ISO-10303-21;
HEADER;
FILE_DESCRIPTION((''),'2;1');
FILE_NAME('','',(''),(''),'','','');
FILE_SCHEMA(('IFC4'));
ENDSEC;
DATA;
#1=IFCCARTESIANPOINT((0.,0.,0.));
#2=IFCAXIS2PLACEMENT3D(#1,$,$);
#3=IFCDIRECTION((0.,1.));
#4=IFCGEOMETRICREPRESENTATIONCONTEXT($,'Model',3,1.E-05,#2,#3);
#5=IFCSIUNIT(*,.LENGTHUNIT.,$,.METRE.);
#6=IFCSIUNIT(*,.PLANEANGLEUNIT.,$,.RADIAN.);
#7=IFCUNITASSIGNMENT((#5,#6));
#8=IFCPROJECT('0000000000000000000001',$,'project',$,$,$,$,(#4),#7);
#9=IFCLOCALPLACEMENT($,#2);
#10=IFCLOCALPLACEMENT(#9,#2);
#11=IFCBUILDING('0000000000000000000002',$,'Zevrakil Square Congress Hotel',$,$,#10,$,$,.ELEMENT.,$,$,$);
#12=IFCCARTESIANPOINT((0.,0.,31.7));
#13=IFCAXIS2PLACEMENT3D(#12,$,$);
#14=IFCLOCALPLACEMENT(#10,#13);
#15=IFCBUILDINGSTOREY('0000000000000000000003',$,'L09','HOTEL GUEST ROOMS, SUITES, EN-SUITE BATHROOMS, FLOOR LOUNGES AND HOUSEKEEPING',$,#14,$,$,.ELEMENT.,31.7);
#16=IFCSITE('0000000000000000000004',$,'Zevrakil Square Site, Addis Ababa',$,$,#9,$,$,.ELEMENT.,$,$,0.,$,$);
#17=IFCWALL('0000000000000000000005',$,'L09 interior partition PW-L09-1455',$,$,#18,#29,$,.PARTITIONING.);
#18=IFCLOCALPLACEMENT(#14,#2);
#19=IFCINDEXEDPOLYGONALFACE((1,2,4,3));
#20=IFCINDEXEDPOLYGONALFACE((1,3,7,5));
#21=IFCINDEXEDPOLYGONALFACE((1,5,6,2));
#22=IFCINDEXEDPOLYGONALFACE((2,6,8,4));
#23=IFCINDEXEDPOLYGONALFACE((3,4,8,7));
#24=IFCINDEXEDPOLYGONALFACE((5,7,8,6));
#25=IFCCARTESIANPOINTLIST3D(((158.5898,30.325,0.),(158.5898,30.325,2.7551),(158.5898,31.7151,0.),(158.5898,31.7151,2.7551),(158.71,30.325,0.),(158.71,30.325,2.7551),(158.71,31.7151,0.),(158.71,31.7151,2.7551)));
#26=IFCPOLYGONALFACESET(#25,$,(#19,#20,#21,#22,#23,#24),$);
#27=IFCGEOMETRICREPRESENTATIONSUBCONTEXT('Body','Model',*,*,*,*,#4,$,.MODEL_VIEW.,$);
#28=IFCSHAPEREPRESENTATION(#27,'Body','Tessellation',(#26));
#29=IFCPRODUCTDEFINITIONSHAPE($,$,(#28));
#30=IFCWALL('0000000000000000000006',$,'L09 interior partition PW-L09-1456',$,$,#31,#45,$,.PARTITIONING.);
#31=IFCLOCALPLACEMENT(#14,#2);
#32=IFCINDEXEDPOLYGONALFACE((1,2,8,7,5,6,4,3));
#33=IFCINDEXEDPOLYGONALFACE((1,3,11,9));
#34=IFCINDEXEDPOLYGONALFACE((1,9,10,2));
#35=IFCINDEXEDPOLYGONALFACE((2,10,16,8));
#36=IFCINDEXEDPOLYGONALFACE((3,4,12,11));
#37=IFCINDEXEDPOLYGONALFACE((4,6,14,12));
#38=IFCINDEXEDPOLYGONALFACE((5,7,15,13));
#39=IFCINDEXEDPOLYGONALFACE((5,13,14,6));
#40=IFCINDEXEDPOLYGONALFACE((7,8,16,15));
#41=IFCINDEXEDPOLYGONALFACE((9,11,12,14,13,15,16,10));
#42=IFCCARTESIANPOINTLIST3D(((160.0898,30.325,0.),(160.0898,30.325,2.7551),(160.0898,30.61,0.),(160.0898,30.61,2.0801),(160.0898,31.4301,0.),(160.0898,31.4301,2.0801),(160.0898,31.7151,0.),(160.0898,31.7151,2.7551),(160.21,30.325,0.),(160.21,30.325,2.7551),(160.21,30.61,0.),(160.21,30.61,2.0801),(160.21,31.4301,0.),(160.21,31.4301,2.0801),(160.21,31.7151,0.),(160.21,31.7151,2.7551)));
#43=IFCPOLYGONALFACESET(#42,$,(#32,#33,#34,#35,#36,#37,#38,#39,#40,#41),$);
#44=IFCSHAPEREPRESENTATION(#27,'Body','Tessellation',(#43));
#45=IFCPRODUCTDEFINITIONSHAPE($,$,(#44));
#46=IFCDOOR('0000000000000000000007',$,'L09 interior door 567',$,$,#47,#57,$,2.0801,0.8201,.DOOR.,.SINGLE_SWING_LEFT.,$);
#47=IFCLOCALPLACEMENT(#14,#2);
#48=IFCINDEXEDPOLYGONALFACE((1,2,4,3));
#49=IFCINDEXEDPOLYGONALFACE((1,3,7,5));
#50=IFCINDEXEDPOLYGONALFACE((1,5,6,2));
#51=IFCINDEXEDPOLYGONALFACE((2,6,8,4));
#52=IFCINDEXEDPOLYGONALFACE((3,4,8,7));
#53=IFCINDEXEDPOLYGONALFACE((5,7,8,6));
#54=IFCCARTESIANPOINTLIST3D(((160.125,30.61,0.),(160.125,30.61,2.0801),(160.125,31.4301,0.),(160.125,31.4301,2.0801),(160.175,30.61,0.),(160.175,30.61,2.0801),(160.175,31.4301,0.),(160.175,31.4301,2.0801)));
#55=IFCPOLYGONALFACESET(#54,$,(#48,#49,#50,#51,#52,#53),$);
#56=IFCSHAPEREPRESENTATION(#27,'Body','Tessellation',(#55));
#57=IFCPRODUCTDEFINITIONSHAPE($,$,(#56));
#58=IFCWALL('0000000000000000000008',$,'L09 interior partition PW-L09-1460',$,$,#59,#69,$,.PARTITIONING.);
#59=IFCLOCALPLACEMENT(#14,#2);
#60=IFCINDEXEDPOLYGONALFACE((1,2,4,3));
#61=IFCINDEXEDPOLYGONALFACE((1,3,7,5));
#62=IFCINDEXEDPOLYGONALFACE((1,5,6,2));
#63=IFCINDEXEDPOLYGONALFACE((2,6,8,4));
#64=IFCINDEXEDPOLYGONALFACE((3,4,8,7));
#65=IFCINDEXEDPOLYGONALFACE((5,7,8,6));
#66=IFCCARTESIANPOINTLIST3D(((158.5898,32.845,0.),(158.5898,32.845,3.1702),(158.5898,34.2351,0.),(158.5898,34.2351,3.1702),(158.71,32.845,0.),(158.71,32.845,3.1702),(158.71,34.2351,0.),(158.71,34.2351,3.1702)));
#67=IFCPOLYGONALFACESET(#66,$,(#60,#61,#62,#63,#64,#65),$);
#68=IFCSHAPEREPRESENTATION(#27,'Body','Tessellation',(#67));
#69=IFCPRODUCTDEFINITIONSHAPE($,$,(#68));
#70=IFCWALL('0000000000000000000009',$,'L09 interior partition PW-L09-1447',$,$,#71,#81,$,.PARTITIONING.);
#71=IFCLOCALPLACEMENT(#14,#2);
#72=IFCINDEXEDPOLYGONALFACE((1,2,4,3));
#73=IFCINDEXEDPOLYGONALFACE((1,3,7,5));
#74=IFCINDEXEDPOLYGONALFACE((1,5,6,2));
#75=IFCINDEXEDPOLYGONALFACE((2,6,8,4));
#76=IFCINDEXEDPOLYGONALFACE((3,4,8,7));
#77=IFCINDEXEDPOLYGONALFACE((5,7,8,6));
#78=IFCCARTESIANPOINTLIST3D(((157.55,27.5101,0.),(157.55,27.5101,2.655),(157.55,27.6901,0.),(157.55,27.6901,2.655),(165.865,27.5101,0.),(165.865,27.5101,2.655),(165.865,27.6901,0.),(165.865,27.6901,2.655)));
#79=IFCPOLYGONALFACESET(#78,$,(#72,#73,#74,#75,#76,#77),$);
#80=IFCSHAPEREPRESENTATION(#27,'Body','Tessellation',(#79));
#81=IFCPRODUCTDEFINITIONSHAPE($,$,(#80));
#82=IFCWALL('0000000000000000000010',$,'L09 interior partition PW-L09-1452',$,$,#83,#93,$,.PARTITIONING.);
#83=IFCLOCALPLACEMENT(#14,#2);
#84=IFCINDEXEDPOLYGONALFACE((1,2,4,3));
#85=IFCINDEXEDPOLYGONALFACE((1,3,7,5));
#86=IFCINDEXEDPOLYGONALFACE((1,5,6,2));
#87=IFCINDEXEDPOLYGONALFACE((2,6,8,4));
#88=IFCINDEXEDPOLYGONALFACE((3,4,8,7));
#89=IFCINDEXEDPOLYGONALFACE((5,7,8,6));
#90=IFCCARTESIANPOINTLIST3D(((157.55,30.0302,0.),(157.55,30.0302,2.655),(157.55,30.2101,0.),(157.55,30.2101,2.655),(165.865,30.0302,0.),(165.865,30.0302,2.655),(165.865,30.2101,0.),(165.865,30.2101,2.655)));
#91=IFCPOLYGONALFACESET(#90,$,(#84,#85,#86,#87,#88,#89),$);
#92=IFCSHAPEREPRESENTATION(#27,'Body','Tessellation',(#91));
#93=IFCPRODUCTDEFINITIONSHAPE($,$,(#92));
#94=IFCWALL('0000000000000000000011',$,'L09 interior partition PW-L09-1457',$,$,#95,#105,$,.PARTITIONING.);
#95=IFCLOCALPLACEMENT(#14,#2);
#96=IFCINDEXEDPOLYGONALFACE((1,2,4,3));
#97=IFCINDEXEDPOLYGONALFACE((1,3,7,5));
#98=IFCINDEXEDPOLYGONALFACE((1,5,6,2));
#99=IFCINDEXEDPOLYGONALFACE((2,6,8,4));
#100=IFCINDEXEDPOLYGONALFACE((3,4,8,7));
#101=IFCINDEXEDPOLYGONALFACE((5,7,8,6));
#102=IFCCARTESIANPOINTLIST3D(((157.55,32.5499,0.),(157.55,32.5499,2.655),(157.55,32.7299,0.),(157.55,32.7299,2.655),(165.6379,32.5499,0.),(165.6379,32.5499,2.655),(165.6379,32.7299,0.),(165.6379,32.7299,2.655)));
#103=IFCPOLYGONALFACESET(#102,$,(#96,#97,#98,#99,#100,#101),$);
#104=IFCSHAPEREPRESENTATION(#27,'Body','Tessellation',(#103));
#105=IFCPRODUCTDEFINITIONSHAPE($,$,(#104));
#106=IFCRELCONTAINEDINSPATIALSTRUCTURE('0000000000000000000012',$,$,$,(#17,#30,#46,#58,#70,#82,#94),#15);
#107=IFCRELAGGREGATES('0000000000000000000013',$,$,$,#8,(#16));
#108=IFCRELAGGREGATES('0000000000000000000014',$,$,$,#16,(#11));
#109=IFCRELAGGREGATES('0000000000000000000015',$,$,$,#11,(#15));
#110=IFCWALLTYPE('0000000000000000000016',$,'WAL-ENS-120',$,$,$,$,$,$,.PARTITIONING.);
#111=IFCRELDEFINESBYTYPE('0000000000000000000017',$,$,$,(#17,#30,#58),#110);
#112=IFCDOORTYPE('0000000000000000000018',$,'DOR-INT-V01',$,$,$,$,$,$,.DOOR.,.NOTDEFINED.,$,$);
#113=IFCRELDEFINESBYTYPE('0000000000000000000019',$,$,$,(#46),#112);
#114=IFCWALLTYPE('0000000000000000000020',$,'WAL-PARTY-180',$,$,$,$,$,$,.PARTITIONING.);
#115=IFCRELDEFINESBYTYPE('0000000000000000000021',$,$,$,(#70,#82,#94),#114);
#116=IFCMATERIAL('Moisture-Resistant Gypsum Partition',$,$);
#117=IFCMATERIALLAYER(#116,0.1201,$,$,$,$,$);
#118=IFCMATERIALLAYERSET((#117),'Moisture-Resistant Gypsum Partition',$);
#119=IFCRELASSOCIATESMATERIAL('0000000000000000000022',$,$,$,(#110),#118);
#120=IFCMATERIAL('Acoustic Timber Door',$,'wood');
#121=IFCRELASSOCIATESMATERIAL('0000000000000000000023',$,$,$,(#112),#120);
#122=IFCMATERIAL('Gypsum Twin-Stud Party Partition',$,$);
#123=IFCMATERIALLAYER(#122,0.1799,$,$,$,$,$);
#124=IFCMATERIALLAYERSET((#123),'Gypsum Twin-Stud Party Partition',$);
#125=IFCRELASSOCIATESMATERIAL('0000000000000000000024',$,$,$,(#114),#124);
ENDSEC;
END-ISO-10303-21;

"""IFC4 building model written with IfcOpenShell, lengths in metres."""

from ifc_helpers import new_model, si_unit, direction, frame, frame_2d, origin, place, context, subcontext, project, spatial, rectangle, extrude, material, layer, layer_set, type_object, element, fill, save


model = new_model("IFC4")

# Units and contexts
model_context = context("Model", 3, precision=1e-05, world=origin(), true_north=direction((0.0, 1.0)))
body_context = subcontext(model_context, "Body", "Model", "MODEL_VIEW")
ifc_project = project(units=[si_unit("LENGTHUNIT", "METRE"), si_unit("PLANEANGLEUNIT", "RADIAN")], contexts=[model_context])

# Site, building, storey
site_placement = place(None, origin())
site = spatial("IfcSite", under=ifc_project, at=site_placement, Name="Zevrakil Square Site, Addis Ababa", CompositionType="ELEMENT", RefElevation=0.0)
building_placement = place(site_placement, origin())
building = spatial("IfcBuilding", under=site, at=building_placement, Name="Zevrakil Square Congress Hotel", CompositionType="ELEMENT")
storey_placement = place(building_placement, frame((0.0, 0.0, 31.7)))
storey = spatial("IfcBuildingStorey", under=building, at=storey_placement, Name="L09", Description="HOTEL GUEST ROOMS, SUITES, EN-SUITE BATHROOMS, FLOOR LOUNGES AND HOUSEKEEPING", CompositionType="ELEMENT", Elevation=31.7)

# Shared definitions
ifc_material_1 = material(Name="Moisture-Resistant Gypsum Partition")
ifc_layer_1 = layer(ifc_material_1, 0.1201)
ifc_layer_set_1 = layer_set([ifc_layer_1], Name="Moisture-Resistant Gypsum Partition")
wall_type_1 = type_object("IfcWallType", Name="WAL-ENS-120", PredefinedType="PARTITIONING", material=ifc_layer_set_1)

# Shared definitions
ifc_material_2 = material(Name="Acoustic Timber Door", Category="wood")
door_type_1 = type_object("IfcDoorType", Name="DOR-INT-V01", OperationType="NOTDEFINED", PredefinedType="DOOR", material=ifc_material_2)

# Wall
wall_1_placement = place(storey_placement, frame((158.6499, 30.325, 0.0), z_axis=(0.0, 0.0, 1.0), x_axis=(0.0, 1.0, 0.0)))
element("IfcWall", 1, at=wall_1_placement, inside=storey, type_object=wall_type_1, Name="L09 interior partition PW-L09-1455", PredefinedType="PARTITIONING", context=body_context, shape_type="SweptSolid", body=[
    extrude(rectangle(XDim=1.3901, YDim=0.1201, at=frame_2d((0.6951, 0.0))), origin(), (0.0, 0.0, 1.0), 2.7551),
])

# Wall, opening, door
wall_2_placement = place(storey_placement, frame((160.1499, 30.325, 0.0), z_axis=(0.0, 0.0, 1.0), x_axis=(0.0, 1.0, 0.0)))
wall_2 = element("IfcWall", 2, at=wall_2_placement, inside=storey, type_object=wall_type_1, Name="L09 interior partition PW-L09-1456", PredefinedType="PARTITIONING", context=body_context, shape_type="SweptSolid", body=[
    extrude(rectangle(XDim=1.3901, YDim=0.1201, at=frame_2d((0.6951, 0.0))), origin(), (0.0, 0.0, 1.0), 2.7551),
])
opening_1_placement = place(wall_2_placement, frame((0.2849, 0.0, 0.0)))
opening_1 = element("IfcOpeningElement", 3, at=opening_1_placement, cuts=wall_2, PredefinedType="OPENING", context=body_context, shape_type="SweptSolid", body=[
    extrude(rectangle(XDim=0.8201, YDim=2.0801, at=frame_2d((0.4102, 1.04))), frame((0.0, 0.0701, 0.0), z_axis=(0.0, -1.0, 0.0), x_axis=(1.0, 0.0, 0.0)), (0.0, 0.0, 1.0), 0.1401),
])
door_1_placement = place(opening_1_placement, origin())
door_1 = element("IfcDoor", 4, at=door_1_placement, inside=storey, type_object=door_type_1, Name="L09 interior door 567", OperationType="SINGLE_SWING_LEFT", OverallHeight=2.0801, OverallWidth=0.8201, PredefinedType="DOOR", context=body_context, shape_type="SweptSolid", body=[
    extrude(rectangle(XDim=0.8201, YDim=2.0801, at=frame_2d((0.4102, 1.04))), frame((0.0, 0.0249, 0.0), z_axis=(0.0, -1.0, 0.0), x_axis=(1.0, 0.0, 0.0)), (0.0, 0.0, 1.0), 0.05),
])
fill(opening_1, door_1)

# Walls
wall_3_placement = place(storey_placement, frame((158.6499, 32.845, 0.0), z_axis=(0.0, 0.0, 1.0), x_axis=(0.0, 1.0, 0.0)))
element("IfcWall", 5, at=wall_3_placement, inside=storey, type_object=wall_type_1, Name="L09 interior partition PW-L09-1460", PredefinedType="PARTITIONING", context=body_context, shape_type="SweptSolid", body=[
    extrude(rectangle(XDim=1.3901, YDim=0.1201, at=frame_2d((0.6951, 0.0))), origin(), (0.0, 0.0, 1.0), 3.1702),
])
ifc_material_3 = material(Name="Gypsum Twin-Stud Party Partition")
ifc_layer_2 = layer(ifc_material_3, 0.1799)
ifc_layer_set_2 = layer_set([ifc_layer_2], Name="Gypsum Twin-Stud Party Partition")
wall_type_2 = type_object("IfcWallType", Name="WAL-PARTY-180", PredefinedType="PARTITIONING", material=ifc_layer_set_2)
for number, where, z_axis, x_axis, name in (
    (6, (157.55, 27.6001, 0.0), (0.0, 0.0, 1.0), (1.0, 0.0, 0.0), "L09 interior partition PW-L09-1447"),
    (7, (157.55, 30.1201, 0.0), (0.0, 0.0, 1.0), (1.0, 0.0, 0.0), "L09 interior partition PW-L09-1452"),
):
    element("IfcWall", number, at=place(storey_placement, frame(where, z_axis=z_axis, x_axis=x_axis)), inside=storey, type_object=wall_type_2, Name=name, PredefinedType="PARTITIONING", context=body_context, shape_type="SweptSolid", body=[
        extrude(rectangle(XDim=8.3149, YDim=0.1799, at=frame_2d((4.1575, 0.0))), origin(), (0.0, 0.0, 1.0), 2.655),
    ])
wall_4_placement = place(storey_placement, frame((157.55, 32.6399, 0.0), z_axis=(0.0, 0.0, 1.0), x_axis=(1.0, 0.0, 0.0)))
element("IfcWall", 8, at=wall_4_placement, inside=storey, type_object=wall_type_2, Name="L09 interior partition PW-L09-1457", PredefinedType="PARTITIONING", context=body_context, shape_type="SweptSolid", body=[
    extrude(rectangle(XDim=8.0879, YDim=0.1799, at=frame_2d((4.0439, 0.0))), origin(), (0.0, 0.0, 1.0), 2.655),
])

save(model, "model.ifc")
